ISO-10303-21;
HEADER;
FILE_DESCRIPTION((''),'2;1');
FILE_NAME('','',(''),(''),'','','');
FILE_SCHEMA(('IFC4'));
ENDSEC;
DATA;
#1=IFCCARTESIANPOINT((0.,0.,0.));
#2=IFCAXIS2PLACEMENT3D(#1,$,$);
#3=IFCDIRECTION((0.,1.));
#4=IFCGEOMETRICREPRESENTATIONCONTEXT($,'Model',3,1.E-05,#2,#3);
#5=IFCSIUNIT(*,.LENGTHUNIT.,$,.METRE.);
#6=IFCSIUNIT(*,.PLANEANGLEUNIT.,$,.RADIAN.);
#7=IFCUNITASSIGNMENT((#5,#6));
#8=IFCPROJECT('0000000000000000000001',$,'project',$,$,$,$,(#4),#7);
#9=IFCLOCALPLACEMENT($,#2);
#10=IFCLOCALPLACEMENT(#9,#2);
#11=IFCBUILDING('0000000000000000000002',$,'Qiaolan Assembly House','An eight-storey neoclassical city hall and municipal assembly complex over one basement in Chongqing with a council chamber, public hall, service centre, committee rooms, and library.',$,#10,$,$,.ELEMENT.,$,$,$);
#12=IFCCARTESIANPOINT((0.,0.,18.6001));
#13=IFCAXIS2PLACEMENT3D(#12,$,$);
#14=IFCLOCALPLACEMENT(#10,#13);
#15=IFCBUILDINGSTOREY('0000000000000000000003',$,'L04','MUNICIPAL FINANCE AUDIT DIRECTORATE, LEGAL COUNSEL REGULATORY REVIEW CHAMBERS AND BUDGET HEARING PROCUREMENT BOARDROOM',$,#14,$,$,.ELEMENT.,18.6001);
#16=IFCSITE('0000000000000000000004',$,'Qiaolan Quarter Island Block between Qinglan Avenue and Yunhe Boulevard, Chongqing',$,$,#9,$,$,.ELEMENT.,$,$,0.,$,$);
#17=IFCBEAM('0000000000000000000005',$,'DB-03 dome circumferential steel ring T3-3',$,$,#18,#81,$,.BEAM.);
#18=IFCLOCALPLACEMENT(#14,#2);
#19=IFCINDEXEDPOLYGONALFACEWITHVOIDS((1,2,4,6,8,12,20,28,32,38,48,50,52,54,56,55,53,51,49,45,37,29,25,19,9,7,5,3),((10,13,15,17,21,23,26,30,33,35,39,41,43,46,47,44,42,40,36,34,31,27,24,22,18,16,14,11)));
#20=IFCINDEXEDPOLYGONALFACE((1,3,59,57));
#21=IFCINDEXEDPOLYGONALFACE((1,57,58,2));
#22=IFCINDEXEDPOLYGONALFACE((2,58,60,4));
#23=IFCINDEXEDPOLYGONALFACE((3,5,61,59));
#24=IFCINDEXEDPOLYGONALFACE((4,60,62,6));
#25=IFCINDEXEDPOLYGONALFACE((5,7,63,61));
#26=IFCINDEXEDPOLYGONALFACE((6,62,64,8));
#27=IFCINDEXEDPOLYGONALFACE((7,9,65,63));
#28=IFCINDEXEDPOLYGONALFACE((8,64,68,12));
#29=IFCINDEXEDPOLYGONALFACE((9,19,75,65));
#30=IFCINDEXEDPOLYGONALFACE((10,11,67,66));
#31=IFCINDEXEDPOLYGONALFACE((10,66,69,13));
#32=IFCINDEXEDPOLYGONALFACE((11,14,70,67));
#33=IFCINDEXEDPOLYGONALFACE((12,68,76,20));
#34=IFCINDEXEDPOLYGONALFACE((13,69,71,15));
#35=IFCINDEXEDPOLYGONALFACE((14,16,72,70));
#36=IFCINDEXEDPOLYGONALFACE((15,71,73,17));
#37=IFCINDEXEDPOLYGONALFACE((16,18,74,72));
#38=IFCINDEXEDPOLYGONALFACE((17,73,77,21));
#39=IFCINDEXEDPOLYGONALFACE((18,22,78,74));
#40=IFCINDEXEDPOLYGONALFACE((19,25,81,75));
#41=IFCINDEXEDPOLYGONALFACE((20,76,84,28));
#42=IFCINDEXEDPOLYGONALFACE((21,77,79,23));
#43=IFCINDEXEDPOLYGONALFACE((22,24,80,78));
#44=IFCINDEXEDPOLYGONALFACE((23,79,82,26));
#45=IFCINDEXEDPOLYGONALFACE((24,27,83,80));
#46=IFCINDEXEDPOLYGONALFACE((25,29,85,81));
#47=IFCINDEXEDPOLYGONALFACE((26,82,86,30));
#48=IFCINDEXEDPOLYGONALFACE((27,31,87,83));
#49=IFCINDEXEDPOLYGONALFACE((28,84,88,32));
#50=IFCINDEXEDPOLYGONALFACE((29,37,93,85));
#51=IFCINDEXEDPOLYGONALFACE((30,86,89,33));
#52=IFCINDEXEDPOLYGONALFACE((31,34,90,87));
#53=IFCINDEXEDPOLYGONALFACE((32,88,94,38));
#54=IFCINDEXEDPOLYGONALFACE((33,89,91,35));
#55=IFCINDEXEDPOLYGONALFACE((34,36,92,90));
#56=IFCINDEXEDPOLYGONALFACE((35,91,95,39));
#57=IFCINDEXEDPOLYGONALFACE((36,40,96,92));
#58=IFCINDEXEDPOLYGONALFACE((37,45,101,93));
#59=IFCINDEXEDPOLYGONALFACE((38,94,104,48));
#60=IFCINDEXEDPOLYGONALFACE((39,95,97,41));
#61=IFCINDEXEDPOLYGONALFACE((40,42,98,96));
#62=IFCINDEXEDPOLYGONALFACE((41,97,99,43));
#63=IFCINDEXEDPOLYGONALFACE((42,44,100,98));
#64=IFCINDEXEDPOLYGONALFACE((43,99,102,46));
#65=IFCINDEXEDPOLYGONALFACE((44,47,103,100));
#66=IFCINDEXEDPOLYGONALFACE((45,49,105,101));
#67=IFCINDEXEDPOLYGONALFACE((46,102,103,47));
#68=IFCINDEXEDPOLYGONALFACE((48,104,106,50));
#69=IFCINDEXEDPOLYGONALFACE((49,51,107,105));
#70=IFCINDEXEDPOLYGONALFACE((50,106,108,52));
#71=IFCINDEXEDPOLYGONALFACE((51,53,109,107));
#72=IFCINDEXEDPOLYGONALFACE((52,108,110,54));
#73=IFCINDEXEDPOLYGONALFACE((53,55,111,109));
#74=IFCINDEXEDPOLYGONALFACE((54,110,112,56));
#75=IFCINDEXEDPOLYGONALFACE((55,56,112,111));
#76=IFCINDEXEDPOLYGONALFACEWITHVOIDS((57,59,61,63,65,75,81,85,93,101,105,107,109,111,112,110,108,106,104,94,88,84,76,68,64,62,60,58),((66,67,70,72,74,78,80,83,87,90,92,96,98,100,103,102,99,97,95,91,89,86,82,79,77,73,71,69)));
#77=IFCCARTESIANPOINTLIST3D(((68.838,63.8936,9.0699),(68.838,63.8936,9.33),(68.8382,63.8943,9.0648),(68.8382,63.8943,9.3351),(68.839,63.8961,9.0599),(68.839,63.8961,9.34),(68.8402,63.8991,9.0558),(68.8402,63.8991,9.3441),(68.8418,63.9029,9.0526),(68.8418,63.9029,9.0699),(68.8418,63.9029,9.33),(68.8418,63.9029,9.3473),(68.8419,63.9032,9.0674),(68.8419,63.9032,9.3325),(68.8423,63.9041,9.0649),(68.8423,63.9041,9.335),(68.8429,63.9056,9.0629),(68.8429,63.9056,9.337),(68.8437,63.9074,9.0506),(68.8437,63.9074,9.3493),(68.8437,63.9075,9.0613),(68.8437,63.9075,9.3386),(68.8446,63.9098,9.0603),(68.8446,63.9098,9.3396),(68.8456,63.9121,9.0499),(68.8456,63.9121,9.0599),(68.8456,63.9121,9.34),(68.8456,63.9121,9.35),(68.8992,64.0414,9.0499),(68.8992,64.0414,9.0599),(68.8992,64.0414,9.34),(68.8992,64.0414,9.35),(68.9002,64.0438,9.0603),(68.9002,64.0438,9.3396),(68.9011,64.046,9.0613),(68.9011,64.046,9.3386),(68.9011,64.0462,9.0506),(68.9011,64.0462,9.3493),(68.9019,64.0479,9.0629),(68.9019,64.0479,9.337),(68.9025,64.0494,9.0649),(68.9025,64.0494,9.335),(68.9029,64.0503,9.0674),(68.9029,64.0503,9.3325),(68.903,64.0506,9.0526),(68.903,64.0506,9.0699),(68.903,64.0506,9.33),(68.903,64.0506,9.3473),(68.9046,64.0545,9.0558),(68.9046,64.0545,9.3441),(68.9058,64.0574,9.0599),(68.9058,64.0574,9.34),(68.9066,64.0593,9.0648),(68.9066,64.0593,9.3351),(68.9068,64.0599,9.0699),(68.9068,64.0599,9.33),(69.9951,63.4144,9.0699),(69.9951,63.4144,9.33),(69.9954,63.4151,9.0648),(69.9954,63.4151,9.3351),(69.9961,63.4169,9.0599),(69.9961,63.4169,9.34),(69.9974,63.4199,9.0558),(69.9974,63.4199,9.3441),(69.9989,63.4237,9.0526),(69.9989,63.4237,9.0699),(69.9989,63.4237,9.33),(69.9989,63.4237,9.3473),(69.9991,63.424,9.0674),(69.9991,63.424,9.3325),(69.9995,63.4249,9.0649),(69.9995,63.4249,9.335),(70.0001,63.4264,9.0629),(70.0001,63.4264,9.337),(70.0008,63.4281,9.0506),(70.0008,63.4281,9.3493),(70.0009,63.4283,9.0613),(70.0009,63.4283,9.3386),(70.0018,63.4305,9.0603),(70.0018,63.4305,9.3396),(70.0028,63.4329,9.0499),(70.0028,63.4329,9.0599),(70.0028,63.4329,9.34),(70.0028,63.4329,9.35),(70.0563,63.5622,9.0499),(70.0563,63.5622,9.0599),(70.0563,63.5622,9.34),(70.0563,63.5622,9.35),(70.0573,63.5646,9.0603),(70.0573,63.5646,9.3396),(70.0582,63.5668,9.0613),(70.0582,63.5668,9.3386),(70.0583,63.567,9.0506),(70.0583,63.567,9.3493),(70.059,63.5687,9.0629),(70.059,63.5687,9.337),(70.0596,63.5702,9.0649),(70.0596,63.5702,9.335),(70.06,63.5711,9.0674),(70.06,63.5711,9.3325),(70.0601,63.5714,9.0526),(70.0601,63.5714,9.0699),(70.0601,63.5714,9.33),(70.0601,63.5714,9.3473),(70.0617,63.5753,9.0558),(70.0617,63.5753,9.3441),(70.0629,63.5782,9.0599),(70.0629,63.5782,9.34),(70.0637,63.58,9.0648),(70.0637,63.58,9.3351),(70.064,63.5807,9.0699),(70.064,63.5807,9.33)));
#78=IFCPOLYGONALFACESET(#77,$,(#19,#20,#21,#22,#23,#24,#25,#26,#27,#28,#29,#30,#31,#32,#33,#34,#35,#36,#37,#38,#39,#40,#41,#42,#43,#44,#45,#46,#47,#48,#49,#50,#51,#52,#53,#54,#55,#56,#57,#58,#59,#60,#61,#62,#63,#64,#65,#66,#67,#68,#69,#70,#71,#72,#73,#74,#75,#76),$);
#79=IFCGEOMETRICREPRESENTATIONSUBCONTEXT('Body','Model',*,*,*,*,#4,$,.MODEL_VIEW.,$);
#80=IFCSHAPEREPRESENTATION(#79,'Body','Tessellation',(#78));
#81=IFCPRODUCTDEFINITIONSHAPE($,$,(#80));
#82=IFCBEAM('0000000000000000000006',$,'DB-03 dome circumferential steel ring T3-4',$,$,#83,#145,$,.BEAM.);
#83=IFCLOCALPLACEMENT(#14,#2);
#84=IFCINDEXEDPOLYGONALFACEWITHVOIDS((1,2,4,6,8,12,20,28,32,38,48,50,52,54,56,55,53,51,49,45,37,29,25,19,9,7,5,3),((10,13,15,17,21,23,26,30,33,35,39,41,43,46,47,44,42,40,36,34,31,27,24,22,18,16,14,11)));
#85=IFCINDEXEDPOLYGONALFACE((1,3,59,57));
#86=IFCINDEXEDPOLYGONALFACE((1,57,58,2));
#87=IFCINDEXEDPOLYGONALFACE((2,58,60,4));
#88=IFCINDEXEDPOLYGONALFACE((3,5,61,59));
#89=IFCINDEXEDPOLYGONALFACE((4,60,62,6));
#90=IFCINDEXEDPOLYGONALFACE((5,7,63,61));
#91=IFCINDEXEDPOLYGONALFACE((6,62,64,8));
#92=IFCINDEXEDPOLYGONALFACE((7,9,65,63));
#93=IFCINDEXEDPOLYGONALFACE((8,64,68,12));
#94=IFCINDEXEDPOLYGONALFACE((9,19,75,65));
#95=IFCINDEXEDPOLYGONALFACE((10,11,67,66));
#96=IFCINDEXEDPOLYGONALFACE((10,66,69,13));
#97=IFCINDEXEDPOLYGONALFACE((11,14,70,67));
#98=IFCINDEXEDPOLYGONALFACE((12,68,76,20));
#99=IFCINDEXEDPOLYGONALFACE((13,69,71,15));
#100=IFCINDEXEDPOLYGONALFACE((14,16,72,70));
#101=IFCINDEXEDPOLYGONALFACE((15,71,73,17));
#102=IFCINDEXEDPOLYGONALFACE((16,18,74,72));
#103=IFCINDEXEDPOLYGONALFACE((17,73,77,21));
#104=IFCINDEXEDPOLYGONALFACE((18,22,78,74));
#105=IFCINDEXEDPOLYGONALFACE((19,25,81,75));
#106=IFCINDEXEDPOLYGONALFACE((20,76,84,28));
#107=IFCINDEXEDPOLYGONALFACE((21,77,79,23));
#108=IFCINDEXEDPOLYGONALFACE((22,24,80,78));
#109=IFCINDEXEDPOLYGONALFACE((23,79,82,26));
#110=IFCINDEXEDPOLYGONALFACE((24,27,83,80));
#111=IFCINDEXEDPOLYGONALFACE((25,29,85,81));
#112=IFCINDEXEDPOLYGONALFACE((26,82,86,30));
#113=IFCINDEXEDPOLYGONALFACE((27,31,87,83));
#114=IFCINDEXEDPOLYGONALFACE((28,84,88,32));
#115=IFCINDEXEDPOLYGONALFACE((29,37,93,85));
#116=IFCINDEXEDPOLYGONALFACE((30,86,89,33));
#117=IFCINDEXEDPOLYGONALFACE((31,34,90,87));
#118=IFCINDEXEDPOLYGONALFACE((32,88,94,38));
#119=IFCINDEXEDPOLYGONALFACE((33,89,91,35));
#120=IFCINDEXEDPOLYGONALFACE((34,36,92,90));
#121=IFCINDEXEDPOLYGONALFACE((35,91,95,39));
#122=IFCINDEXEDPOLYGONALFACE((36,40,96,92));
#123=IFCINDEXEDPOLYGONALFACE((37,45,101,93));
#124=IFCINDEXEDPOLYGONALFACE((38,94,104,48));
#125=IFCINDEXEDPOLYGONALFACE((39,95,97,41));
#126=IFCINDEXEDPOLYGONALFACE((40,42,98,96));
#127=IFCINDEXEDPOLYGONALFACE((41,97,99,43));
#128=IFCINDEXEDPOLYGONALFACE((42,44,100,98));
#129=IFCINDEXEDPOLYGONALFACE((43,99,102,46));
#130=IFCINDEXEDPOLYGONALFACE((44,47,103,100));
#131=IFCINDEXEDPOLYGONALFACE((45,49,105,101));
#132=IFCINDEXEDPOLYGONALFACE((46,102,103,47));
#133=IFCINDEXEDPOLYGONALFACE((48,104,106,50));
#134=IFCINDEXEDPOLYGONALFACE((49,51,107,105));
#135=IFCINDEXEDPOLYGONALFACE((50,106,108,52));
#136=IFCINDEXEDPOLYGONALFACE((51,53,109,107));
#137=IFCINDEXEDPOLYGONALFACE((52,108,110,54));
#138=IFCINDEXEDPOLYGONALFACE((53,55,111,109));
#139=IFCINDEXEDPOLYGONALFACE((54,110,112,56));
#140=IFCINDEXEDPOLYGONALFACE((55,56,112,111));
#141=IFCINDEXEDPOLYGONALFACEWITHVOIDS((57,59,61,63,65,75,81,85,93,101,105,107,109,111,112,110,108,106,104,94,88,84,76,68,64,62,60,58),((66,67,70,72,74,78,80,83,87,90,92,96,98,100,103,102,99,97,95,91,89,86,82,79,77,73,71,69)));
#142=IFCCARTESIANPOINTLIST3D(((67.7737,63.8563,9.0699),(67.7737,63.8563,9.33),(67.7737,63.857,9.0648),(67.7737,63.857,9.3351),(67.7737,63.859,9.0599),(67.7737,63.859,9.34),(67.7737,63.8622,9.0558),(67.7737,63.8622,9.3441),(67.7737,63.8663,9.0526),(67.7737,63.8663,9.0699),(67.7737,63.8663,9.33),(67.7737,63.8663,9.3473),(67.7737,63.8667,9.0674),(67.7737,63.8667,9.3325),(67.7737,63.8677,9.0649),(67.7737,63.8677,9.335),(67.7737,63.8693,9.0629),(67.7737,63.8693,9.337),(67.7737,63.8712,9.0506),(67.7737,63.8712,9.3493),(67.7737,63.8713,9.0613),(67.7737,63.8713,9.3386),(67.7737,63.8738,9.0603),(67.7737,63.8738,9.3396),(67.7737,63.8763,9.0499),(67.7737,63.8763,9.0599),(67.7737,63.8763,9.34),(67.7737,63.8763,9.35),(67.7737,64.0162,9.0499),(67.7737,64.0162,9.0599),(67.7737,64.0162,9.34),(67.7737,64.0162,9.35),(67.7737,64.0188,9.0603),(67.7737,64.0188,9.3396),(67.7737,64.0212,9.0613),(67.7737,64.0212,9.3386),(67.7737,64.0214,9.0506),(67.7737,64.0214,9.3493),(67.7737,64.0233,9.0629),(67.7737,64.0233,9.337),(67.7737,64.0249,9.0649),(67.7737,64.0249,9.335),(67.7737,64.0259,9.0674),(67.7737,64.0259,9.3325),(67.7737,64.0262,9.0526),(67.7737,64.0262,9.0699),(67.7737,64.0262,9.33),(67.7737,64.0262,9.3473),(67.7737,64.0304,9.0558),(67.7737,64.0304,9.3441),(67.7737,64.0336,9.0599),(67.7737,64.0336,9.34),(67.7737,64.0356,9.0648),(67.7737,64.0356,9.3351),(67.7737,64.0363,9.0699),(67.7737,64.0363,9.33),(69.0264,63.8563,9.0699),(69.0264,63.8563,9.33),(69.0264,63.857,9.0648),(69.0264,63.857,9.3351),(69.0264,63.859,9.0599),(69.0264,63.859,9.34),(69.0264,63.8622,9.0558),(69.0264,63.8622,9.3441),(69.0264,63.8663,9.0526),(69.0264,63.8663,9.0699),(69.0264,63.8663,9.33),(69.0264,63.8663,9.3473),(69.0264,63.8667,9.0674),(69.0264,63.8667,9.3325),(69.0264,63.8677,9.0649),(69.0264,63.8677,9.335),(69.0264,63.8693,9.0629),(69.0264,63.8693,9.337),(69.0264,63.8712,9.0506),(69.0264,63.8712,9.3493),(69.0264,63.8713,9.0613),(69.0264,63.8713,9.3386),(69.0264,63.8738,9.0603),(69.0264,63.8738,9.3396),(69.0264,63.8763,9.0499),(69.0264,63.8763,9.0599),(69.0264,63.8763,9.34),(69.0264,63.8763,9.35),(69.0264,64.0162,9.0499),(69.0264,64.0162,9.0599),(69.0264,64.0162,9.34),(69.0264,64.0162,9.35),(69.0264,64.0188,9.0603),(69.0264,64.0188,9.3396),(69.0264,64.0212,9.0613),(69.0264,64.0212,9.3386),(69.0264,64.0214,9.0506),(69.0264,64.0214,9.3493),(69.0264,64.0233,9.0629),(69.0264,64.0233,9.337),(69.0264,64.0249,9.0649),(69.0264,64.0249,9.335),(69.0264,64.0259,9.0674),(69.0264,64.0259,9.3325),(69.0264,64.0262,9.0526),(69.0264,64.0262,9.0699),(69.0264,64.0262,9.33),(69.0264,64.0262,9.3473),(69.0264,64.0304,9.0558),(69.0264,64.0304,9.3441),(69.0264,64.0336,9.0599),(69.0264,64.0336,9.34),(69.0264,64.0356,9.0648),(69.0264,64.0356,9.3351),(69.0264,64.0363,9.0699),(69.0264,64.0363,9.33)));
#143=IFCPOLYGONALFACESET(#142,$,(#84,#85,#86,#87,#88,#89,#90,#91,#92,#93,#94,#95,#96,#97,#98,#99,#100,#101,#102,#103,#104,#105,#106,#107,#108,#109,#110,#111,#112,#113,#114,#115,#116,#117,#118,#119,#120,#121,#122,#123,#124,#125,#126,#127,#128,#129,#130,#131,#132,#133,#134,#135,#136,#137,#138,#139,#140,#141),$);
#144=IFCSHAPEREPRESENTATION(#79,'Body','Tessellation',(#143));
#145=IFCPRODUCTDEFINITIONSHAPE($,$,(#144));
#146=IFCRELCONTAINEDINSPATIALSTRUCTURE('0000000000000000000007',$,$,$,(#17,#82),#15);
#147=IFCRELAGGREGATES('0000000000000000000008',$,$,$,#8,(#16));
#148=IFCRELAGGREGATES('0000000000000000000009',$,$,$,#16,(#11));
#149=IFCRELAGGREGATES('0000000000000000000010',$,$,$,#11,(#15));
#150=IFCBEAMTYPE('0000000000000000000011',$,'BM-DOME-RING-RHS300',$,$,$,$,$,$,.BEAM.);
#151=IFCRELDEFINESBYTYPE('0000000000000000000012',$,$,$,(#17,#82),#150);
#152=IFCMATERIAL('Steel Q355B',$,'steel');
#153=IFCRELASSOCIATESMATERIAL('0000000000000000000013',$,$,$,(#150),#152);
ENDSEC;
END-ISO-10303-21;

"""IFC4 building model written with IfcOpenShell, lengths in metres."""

from ifc_helpers import new_model, si_unit, direction, frame, origin, origin_2d, place, context, subcontext, project, spatial, hollow_rectangle, extrude, material, material_profile, profile_set, type_object, element, save


model = new_model("IFC4")

# Units and contexts
model_context = context("Model", 3, precision=1e-05, world=origin(), true_north=direction((0.0, 1.0)))
body_context = subcontext(model_context, "Body", "Model", "MODEL_VIEW")
ifc_project = project(units=[si_unit("LENGTHUNIT", "METRE"), si_unit("PLANEANGLEUNIT", "RADIAN")], contexts=[model_context])

# Site, building, storey
site_placement = place(None, origin())
site = spatial("IfcSite", under=ifc_project, at=site_placement, Name="Qiaolan Quarter Island Block between Qinglan Avenue and Yunhe Boulevard, Chongqing", CompositionType="ELEMENT", RefElevation=0.0)
building_placement = place(site_placement, origin())
building = spatial("IfcBuilding", under=site, at=building_placement, Name="Qiaolan Assembly House", Description="An eight-storey neoclassical city hall and municipal assembly complex over one basement in Chongqing with a council chamber, public hall, service centre, committee rooms, and library.", CompositionType="ELEMENT")
storey_placement = place(building_placement, frame((0.0, 0.0, 18.6001)))
storey = spatial("IfcBuildingStorey", under=building, at=storey_placement, Name="L04", Description="MUNICIPAL FINANCE AUDIT DIRECTORATE, LEGAL COUNSEL REGULATORY REVIEW CHAMBERS AND BUDGET HEARING PROCUREMENT BOARDROOM", CompositionType="ELEMENT", Elevation=18.6001)

# Beams
ifc_material_1 = material(Name="Steel Q355B", Category="steel")
ifc_material_profile = material_profile(ifc_material_1, hollow_rectangle(XDim=0.1799, YDim=0.3, WallThickness=0.01, InnerFilletRadius=0.01, OuterFilletRadius=0.02, at=origin_2d()), Name="RHS 300x180x10")
ifc_profile_set = profile_set([ifc_material_profile], Name="Steel Q355B")
beam_type = type_object("IfcBeamType", Name="BM-DOME-RING-RHS300", PredefinedType="BEAM", material=ifc_profile_set)
beam_1_placement = place(storey_placement, frame((70.0295, 63.4976, 9.2), z_axis=(-0.923905, 0.382621, 0.0), x_axis=(-0.382621, -0.923905, 0.0)))
element("IfcBeam", 1, at=beam_1_placement, inside=storey, type_object=beam_type, Name="DB-03 dome circumferential steel ring T3-3", PredefinedType="BEAM", context=body_context, shape_type="SweptSolid", body=[
    extrude(hollow_rectangle(XDim=0.1799, YDim=0.3, WallThickness=0.01, InnerFilletRadius=0.01, OuterFilletRadius=0.02, at=origin_2d()), origin(), (0.0, 0.0, 1.0), 1.2524),
])
beam_2_placement = place(storey_placement, frame((69.0264, 63.9463, 9.2), z_axis=(-1.0, 0.0, 0.0), x_axis=(0.0, -1.0, 0.0)))
element("IfcBeam", 2, at=beam_2_placement, inside=storey, type_object=beam_type, Name="DB-03 dome circumferential steel ring T3-4", PredefinedType="BEAM", context=body_context, shape_type="SweptSolid", body=[
    extrude(hollow_rectangle(XDim=0.1799, YDim=0.3, WallThickness=0.01, InnerFilletRadius=0.01, OuterFilletRadius=0.02, at=origin_2d()), origin(), (0.0, 0.0, 1.0), 1.2527),
])

save(model, "model.ifc")
